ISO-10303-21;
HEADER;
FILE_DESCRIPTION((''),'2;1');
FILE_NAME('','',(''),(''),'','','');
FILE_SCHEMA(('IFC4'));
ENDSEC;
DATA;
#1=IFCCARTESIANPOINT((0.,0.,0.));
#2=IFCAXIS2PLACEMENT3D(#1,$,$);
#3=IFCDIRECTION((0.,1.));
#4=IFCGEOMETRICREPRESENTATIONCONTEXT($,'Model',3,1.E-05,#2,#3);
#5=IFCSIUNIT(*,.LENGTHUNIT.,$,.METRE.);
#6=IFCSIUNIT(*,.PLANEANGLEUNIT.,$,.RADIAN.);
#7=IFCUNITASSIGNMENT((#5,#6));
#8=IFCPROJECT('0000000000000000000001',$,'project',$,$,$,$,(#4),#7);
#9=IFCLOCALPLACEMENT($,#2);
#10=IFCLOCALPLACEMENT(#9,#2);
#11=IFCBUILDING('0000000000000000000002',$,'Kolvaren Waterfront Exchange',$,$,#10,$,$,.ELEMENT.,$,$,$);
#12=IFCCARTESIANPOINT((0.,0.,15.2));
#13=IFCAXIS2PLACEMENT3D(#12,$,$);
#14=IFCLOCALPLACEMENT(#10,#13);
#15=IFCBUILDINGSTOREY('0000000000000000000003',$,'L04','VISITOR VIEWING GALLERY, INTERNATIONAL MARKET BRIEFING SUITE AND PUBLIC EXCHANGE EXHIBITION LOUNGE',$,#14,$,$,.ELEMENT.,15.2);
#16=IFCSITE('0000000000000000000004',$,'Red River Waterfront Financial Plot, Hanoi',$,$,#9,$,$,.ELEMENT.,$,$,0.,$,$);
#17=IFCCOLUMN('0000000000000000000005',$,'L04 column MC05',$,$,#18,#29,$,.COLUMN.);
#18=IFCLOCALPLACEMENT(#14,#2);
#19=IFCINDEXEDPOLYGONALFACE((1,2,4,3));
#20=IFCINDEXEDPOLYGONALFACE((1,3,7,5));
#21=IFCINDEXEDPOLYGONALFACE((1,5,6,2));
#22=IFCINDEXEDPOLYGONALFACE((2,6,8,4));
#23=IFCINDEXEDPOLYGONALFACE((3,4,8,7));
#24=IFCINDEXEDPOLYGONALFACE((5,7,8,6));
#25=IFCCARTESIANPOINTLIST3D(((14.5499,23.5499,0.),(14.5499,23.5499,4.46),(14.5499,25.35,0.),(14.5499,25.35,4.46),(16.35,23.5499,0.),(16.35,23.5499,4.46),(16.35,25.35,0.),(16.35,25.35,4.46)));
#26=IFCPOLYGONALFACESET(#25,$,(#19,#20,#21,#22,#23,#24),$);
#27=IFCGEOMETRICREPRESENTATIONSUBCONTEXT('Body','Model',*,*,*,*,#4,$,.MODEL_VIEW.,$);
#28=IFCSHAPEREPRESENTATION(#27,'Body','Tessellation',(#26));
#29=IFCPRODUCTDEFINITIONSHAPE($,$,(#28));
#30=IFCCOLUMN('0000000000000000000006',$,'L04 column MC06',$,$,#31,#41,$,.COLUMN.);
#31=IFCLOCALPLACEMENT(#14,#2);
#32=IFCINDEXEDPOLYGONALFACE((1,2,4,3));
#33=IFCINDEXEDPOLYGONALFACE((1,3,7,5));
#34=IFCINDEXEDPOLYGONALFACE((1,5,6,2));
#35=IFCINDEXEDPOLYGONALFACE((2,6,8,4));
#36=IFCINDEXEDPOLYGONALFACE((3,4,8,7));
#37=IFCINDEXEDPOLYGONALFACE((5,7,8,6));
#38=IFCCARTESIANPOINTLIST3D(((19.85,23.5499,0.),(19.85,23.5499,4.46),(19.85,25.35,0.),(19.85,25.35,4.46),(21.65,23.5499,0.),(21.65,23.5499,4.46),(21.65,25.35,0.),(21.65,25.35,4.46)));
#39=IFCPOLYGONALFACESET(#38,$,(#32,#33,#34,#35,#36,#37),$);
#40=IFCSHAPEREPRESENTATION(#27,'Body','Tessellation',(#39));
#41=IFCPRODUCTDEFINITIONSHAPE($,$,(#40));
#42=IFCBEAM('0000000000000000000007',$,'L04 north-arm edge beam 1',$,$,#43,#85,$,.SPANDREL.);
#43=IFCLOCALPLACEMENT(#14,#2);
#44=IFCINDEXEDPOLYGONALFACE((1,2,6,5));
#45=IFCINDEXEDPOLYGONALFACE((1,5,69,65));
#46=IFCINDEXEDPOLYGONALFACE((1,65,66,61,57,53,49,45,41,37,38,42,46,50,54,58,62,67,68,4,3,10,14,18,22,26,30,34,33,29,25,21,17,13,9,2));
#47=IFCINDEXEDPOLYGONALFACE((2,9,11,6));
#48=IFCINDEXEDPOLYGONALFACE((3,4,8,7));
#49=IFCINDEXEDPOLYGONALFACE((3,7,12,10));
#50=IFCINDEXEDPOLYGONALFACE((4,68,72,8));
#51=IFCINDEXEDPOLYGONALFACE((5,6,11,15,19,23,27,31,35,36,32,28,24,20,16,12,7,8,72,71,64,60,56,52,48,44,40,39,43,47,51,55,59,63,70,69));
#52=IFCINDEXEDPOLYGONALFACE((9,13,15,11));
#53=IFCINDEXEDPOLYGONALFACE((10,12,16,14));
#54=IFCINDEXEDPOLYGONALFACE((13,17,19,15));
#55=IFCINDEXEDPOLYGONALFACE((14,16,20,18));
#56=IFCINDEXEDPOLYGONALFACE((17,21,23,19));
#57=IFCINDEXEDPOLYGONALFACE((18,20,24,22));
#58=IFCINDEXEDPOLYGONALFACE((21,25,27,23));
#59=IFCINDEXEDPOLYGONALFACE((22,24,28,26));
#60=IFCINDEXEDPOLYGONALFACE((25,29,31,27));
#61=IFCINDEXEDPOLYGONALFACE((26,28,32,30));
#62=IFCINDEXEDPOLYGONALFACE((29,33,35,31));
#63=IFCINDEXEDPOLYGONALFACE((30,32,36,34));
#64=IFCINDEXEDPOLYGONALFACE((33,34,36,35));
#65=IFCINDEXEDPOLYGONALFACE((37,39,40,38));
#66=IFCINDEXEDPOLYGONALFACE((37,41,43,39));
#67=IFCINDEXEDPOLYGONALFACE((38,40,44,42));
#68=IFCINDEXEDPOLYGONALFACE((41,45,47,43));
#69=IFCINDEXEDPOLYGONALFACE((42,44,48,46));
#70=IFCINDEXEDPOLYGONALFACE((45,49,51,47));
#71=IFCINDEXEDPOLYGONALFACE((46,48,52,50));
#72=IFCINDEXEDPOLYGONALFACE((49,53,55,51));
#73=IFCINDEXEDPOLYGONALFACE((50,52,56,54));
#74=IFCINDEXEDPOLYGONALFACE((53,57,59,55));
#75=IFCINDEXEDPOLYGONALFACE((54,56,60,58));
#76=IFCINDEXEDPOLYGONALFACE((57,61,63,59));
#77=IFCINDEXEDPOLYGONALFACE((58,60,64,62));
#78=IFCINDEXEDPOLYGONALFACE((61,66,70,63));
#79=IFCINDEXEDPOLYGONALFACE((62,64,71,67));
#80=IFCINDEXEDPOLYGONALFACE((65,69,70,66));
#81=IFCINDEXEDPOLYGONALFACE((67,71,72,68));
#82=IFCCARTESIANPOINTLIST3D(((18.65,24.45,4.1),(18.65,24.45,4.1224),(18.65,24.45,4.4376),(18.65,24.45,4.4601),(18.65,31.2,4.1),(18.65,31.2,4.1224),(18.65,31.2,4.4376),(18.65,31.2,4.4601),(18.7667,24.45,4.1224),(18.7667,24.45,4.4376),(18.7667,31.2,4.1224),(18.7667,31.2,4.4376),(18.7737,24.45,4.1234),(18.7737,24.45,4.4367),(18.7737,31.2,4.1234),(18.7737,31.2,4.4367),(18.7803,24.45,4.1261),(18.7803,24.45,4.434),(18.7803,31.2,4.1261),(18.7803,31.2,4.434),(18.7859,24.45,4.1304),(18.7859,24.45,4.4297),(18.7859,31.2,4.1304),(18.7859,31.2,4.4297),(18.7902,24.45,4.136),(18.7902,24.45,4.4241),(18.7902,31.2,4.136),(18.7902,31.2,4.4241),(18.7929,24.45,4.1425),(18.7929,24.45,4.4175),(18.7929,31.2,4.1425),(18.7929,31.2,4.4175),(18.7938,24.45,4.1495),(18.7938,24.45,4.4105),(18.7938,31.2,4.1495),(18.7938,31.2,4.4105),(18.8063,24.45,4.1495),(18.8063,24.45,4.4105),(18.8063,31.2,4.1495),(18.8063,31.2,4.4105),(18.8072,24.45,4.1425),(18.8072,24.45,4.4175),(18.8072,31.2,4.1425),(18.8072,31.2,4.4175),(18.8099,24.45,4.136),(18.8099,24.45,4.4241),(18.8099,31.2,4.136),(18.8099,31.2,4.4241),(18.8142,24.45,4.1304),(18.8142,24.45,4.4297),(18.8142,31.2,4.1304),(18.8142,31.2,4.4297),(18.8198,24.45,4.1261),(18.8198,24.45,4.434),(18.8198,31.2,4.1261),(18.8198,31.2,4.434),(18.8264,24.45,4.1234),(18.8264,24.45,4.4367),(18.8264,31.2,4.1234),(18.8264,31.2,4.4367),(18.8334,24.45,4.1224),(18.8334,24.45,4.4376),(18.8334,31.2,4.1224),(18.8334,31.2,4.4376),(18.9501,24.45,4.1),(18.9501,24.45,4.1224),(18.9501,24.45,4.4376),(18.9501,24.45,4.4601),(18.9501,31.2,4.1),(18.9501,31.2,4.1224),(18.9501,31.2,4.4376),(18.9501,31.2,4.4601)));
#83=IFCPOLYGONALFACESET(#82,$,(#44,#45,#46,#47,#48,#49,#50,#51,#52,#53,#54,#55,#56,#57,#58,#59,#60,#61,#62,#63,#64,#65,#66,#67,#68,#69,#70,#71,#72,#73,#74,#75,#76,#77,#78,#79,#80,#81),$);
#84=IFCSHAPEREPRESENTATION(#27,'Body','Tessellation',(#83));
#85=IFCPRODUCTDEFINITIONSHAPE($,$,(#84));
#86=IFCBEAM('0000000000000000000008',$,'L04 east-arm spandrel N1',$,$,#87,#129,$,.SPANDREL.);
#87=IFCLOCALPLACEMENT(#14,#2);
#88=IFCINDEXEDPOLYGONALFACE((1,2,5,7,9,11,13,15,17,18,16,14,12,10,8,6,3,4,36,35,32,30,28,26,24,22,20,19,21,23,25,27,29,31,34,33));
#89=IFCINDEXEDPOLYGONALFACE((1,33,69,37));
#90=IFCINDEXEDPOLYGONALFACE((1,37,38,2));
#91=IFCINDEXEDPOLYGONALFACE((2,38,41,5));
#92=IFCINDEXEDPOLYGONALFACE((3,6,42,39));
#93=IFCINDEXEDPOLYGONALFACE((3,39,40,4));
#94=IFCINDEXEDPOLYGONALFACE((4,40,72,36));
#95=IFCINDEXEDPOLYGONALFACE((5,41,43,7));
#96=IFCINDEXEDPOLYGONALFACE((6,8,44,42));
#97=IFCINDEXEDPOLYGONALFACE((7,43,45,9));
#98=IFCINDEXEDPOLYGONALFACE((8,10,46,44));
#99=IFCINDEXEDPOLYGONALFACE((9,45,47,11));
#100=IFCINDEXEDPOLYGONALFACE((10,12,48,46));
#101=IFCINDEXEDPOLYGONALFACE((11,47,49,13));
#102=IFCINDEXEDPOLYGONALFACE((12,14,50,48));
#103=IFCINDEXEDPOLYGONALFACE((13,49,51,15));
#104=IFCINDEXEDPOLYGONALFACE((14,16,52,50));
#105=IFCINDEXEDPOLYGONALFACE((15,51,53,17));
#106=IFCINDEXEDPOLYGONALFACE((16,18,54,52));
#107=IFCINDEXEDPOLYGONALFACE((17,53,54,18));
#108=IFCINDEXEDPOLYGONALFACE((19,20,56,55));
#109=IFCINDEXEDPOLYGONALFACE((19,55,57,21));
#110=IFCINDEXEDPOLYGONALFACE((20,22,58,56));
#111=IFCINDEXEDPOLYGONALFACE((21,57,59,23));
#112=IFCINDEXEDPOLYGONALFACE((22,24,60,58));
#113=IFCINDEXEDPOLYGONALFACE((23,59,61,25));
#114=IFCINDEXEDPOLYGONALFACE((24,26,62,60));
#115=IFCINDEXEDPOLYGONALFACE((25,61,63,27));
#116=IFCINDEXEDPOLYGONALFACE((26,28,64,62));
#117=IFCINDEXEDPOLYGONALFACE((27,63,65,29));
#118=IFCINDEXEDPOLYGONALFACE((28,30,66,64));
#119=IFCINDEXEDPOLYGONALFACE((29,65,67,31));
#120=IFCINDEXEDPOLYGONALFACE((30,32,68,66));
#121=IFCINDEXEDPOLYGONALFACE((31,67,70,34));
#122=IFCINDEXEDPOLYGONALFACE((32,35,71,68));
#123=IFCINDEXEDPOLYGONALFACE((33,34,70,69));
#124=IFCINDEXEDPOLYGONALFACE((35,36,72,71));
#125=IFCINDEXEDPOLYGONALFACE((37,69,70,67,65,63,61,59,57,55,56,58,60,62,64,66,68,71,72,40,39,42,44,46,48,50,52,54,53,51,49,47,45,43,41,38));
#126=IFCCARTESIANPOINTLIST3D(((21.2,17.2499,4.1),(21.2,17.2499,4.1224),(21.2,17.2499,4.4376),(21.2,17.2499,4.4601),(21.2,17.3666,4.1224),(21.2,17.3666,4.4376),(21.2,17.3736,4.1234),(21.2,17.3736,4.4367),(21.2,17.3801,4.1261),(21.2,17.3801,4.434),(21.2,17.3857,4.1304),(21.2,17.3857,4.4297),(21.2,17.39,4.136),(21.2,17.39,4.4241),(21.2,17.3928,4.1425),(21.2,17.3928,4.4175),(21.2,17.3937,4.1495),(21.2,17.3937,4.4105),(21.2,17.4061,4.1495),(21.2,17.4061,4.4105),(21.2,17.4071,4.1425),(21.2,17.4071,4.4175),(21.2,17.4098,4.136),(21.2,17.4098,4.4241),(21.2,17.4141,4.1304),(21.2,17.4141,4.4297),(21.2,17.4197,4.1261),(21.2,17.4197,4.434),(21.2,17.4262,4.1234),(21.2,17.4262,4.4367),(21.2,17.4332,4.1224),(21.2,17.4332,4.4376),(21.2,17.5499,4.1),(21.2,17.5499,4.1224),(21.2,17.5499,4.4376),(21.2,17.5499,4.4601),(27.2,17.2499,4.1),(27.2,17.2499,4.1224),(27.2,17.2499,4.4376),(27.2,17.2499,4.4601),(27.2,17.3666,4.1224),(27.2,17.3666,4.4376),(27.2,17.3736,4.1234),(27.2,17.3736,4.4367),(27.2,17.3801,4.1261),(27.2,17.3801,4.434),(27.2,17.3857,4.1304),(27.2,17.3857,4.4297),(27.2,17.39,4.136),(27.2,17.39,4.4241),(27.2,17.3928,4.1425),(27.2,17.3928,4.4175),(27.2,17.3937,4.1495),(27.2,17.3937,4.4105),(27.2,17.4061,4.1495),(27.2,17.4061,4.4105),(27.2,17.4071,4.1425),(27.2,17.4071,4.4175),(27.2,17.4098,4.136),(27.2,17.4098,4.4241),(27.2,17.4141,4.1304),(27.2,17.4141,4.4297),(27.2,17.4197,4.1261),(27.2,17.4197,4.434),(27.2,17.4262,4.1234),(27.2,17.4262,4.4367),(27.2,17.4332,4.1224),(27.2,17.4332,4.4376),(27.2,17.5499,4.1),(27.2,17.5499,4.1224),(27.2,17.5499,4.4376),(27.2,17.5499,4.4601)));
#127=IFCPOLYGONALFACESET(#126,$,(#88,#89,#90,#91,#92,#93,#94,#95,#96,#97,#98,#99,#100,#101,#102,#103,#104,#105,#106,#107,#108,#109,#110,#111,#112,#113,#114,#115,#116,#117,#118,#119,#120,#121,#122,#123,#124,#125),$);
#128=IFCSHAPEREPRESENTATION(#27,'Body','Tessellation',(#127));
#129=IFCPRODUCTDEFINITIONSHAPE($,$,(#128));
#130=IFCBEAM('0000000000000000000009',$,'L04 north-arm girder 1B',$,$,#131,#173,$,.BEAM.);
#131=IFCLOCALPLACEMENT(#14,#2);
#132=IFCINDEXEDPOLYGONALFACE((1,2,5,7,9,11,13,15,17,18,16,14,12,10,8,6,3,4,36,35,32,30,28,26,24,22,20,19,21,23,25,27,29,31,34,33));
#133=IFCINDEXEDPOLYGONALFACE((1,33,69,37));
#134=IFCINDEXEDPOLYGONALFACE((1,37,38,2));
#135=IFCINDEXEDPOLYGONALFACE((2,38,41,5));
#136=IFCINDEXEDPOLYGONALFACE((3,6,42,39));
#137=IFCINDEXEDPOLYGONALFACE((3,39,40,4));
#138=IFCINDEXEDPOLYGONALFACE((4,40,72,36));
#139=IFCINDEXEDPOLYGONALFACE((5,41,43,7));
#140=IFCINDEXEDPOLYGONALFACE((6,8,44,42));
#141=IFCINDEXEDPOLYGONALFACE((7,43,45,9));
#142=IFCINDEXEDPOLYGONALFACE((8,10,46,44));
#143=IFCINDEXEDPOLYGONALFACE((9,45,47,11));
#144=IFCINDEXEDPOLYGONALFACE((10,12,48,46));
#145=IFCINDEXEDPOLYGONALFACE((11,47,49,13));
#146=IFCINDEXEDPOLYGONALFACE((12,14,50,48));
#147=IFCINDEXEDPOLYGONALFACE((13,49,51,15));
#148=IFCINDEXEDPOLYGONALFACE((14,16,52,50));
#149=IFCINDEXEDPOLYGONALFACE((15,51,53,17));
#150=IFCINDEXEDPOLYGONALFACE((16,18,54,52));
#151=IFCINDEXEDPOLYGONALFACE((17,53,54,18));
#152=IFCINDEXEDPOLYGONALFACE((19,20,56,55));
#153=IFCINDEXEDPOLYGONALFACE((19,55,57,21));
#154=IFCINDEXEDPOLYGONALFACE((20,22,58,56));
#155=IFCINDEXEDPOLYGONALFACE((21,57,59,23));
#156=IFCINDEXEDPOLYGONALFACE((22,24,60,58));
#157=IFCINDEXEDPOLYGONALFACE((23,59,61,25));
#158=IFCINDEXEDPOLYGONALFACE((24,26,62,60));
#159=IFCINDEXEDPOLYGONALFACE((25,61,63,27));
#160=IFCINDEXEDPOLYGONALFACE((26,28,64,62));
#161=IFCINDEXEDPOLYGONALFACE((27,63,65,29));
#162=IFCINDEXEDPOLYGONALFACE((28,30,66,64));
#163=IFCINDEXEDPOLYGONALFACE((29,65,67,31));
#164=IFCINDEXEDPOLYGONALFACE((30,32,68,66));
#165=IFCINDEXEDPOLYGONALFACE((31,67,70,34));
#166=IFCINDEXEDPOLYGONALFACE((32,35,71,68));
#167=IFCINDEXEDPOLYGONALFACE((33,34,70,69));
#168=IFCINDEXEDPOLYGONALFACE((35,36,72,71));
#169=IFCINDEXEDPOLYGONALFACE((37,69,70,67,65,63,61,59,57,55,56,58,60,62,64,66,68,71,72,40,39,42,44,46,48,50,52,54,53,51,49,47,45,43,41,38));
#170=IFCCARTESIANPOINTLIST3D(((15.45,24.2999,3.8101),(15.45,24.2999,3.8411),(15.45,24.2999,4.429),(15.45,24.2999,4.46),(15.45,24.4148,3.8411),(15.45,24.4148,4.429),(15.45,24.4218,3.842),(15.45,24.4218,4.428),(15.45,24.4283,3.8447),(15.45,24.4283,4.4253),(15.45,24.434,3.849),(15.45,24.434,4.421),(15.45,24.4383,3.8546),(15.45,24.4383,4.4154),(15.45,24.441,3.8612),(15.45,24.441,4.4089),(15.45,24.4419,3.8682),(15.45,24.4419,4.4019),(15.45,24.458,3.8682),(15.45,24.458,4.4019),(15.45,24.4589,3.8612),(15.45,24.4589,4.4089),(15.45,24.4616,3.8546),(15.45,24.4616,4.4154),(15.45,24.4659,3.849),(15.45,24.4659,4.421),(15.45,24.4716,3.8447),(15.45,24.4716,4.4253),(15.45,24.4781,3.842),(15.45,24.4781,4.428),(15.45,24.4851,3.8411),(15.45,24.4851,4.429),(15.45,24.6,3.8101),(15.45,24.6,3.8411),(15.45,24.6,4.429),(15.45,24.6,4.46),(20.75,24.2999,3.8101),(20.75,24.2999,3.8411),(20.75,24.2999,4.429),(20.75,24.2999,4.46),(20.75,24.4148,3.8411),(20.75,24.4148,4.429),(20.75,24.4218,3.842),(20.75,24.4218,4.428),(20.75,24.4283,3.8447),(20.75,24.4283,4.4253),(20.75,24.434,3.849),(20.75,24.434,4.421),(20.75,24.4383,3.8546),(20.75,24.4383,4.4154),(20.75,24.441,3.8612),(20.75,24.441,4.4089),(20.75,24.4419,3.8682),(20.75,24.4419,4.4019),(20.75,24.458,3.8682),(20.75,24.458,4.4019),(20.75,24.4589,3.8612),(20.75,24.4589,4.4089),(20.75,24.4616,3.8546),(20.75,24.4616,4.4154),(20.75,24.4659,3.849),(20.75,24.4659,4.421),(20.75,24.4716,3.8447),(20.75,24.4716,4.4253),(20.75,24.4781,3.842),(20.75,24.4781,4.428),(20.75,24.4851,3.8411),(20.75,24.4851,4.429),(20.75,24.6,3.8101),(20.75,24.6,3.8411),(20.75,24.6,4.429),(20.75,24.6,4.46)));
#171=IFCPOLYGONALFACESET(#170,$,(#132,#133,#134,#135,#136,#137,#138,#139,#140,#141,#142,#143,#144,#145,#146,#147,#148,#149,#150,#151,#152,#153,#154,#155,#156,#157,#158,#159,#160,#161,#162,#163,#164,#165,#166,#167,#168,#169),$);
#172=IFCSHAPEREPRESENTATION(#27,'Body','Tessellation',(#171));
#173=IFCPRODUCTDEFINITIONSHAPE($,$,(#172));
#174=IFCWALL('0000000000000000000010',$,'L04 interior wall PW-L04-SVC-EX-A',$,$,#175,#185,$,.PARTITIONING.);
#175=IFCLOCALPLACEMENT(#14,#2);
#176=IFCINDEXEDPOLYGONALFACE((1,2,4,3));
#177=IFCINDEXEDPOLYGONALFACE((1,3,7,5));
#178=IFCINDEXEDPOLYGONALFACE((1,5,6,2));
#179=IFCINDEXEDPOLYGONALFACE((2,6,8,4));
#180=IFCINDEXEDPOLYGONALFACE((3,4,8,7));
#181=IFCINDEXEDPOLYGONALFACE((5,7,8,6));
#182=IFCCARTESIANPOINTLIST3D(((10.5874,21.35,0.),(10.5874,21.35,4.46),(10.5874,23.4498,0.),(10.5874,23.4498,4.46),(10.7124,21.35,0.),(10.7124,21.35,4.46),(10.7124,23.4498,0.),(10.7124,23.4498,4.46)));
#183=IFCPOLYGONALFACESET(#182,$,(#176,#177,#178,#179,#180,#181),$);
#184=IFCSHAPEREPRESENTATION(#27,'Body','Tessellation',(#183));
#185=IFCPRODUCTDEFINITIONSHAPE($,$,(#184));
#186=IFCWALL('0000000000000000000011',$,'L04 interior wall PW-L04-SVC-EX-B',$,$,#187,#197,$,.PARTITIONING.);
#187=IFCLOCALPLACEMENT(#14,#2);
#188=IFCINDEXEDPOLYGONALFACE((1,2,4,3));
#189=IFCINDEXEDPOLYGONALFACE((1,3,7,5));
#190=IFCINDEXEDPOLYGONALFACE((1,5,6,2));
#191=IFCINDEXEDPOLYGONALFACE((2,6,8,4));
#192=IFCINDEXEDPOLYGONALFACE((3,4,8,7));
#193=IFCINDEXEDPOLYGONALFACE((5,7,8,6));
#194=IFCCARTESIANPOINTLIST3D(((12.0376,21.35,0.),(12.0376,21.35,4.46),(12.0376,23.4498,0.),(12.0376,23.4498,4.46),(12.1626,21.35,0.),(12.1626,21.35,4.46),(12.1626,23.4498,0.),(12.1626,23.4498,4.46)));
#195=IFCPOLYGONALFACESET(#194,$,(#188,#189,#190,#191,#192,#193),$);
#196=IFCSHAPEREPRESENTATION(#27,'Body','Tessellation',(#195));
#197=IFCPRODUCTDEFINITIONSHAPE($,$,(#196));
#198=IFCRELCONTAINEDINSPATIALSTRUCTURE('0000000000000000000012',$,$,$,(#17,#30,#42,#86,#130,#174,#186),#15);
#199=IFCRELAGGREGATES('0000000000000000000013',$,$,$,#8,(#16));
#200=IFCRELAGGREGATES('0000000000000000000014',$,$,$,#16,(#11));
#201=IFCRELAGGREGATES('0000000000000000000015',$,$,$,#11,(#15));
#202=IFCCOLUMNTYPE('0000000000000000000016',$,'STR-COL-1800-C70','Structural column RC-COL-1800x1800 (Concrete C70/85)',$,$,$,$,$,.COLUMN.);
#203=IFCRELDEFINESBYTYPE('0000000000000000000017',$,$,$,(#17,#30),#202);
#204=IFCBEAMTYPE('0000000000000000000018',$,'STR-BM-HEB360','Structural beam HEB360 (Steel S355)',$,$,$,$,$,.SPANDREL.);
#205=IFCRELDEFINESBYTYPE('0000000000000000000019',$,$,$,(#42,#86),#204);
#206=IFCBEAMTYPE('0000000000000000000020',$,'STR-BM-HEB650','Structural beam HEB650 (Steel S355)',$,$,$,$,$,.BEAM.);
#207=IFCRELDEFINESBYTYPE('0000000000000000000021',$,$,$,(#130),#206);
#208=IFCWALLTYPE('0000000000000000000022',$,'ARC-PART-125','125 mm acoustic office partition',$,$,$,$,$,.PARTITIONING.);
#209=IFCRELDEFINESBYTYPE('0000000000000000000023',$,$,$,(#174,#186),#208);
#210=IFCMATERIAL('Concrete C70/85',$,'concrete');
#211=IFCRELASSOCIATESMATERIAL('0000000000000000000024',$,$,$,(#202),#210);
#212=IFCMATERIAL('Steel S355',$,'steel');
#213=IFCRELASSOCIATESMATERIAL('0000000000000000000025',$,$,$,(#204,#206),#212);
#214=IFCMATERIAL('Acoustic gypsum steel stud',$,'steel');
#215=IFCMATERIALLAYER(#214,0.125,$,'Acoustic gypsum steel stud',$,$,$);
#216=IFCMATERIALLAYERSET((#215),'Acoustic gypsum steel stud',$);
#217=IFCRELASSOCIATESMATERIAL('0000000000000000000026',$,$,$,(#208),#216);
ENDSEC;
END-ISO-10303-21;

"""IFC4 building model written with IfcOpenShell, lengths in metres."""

from ifc_helpers import new_model, si_unit, direction, frame, frame_2d, origin, origin_2d, place, context, subcontext, project, spatial, rectangle, i_section, extrude, material, layer, layer_set, material_profile, profile_set, type_object, element, save


model = new_model("IFC4")

# Units and contexts
model_context = context("Model", 3, precision=1e-05, world=origin(), true_north=direction((0.0, 1.0)))
body_context = subcontext(model_context, "Body", "Model", "MODEL_VIEW")
ifc_project = project(units=[si_unit("LENGTHUNIT", "METRE"), si_unit("PLANEANGLEUNIT", "RADIAN")], contexts=[model_context])

# Site, building, storey
site_placement = place(None, origin())
site = spatial("IfcSite", under=ifc_project, at=site_placement, Name="Red River Waterfront Financial Plot, Hanoi", CompositionType="ELEMENT", RefElevation=0.0)
building_placement = place(site_placement, origin())
building = spatial("IfcBuilding", under=site, at=building_placement, Name="Kolvaren Waterfront Exchange", CompositionType="ELEMENT")
storey_placement = place(building_placement, frame((0.0, 0.0, 15.2)))
storey = spatial("IfcBuildingStorey", under=building, at=storey_placement, Name="L04", Description="VISITOR VIEWING GALLERY, INTERNATIONAL MARKET BRIEFING SUITE AND PUBLIC EXCHANGE EXHIBITION LOUNGE", CompositionType="ELEMENT", Elevation=15.2)

# Columns
ifc_material_1 = material(Name="Concrete C70/85", Category="concrete")
ifc_material_profile_1 = material_profile(ifc_material_1, rectangle(XDim=1.8, YDim=1.8, at=origin_2d()), Name="RC-COL-1800x1800")
ifc_profile_set_1 = profile_set([ifc_material_profile_1], Name="Concrete C70/85")
column_type = type_object("IfcColumnType", Name="STR-COL-1800-C70", Description="Structural column RC-COL-1800x1800 (Concrete C70/85)", PredefinedType="COLUMN", material=ifc_profile_set_1)
for number, where, z_axis, x_axis, name in (
    (1, (15.45, 24.45, 0.0), (0.0, 0.0, 1.0), (1.0, 0.0, 0.0), "L04 column MC05"),
    (2, (20.75, 24.45, 0.0), (0.0, 0.0, 1.0), (1.0, 0.0, 0.0), "L04 column MC06"),
):
    element("IfcColumn", number, at=place(storey_placement, frame(where, z_axis=z_axis, x_axis=x_axis)), inside=storey, type_object=column_type, Name=name, PredefinedType="COLUMN", context=body_context, shape_type="SweptSolid", body=[
        extrude(rectangle(XDim=1.8, YDim=1.8, at=origin_2d()), origin(), (0.0, 0.0, 1.0), 4.46),
    ])

# Beams
ifc_material_2 = material(Name="Steel S355", Category="steel")
ifc_material_profile_2 = material_profile(ifc_material_2, i_section(OverallWidth=0.3, OverallDepth=0.3601, WebThickness=0.0125, FlangeThickness=0.0225, FilletRadius=0.0271, at=origin_2d()), Name="HEB360")
ifc_profile_set_2 = profile_set([ifc_material_profile_2], Name="Steel S355")
beam_type_1 = type_object("IfcBeamType", Name="STR-BM-HEB360", Description="Structural beam HEB360 (Steel S355)", PredefinedType="SPANDREL", material=ifc_profile_set_2)
beam_1_placement = place(storey_placement, frame((18.8, 24.45, 4.28), z_axis=(0.0, 1.0, 0.0), x_axis=(-1.0, 0.0, 0.0)))
element("IfcBeam", 3, at=beam_1_placement, inside=storey, type_object=beam_type_1, Name="L04 north-arm edge beam 1", PredefinedType="SPANDREL", context=body_context, shape_type="SweptSolid", body=[
    extrude(i_section(OverallWidth=0.3, OverallDepth=0.3601, WebThickness=0.0125, FlangeThickness=0.0225, FilletRadius=0.0271, at=origin_2d()), origin(), (0.0, 0.0, 1.0), 6.75),
])
beam_2_placement = place(storey_placement, frame((21.2, 17.3999, 4.28), z_axis=(1.0, 0.0, 0.0), x_axis=(0.0, 1.0, 0.0)))
element("IfcBeam", 4, at=beam_2_placement, inside=storey, type_object=beam_type_1, Name="L04 east-arm spandrel N1", PredefinedType="SPANDREL", context=body_context, shape_type="SweptSolid", body=[
    extrude(i_section(OverallWidth=0.3, OverallDepth=0.3601, WebThickness=0.0125, FlangeThickness=0.0225, FilletRadius=0.0271, at=origin_2d()), origin(), (0.0, 0.0, 1.0), 6.0),
])
ifc_material_profile_3 = material_profile(ifc_material_2, i_section(OverallWidth=0.3, OverallDepth=0.6499, WebThickness=0.0161, FlangeThickness=0.031, FilletRadius=0.0271, at=origin_2d()), Name="HEB650")
ifc_profile_set_3 = profile_set([ifc_material_profile_3], Name="Steel S355")
beam_type_2 = type_object("IfcBeamType", Name="STR-BM-HEB650", Description="Structural beam HEB650 (Steel S355)", PredefinedType="BEAM", material=ifc_profile_set_3)
beam_3_placement = place(storey_placement, frame((15.45, 24.45, 4.135), z_axis=(1.0, 0.0, 0.0), x_axis=(0.0, 1.0, 0.0)))
element("IfcBeam", 5, at=beam_3_placement, inside=storey, type_object=beam_type_2, Name="L04 north-arm girder 1B", PredefinedType="BEAM", context=body_context, shape_type="SweptSolid", body=[
    extrude(i_section(OverallWidth=0.3, OverallDepth=0.6499, WebThickness=0.0161, FlangeThickness=0.031, FilletRadius=0.0271, at=origin_2d()), origin(), (0.0, 0.0, 1.0), 5.3),
])

# Shared definitions
ifc_material_3 = material(Name="Acoustic gypsum steel stud", Category="steel")
ifc_layer_1 = layer(ifc_material_3, 0.125, Name="Acoustic gypsum steel stud")
ifc_layer_set_1 = layer_set([ifc_layer_1], Name="Acoustic gypsum steel stud")
wall_type_1 = type_object("IfcWallType", Name="ARC-PART-125", Description="125 mm acoustic office partition", PredefinedType="PARTITIONING", material=ifc_layer_set_1)

# Walls
for number, where, z_axis, x_axis, name in (
    (6, (10.6499, 21.3501, 0.0), (0.0, 0.0, 1.0), (0.0, 1.0, 0.0), "L04 interior wall PW-L04-SVC-EX-A"),
    (7, (12.1001, 21.3501, 0.0), (0.0, 0.0, 1.0), (0.0, 1.0, 0.0), "L04 interior wall PW-L04-SVC-EX-B"),
):
    element("IfcWall", number, at=place(storey_placement, frame(where, z_axis=z_axis, x_axis=x_axis)), inside=storey, type_object=wall_type_1, Name=name, PredefinedType="PARTITIONING", context=body_context, shape_type="SweptSolid", body=[
        extrude(rectangle(XDim=2.0999, YDim=0.125, at=frame_2d((1.0498, 0.0))), origin(), (0.0, 0.0, 1.0), 4.46),
    ])

save(model, "model.ifc")
